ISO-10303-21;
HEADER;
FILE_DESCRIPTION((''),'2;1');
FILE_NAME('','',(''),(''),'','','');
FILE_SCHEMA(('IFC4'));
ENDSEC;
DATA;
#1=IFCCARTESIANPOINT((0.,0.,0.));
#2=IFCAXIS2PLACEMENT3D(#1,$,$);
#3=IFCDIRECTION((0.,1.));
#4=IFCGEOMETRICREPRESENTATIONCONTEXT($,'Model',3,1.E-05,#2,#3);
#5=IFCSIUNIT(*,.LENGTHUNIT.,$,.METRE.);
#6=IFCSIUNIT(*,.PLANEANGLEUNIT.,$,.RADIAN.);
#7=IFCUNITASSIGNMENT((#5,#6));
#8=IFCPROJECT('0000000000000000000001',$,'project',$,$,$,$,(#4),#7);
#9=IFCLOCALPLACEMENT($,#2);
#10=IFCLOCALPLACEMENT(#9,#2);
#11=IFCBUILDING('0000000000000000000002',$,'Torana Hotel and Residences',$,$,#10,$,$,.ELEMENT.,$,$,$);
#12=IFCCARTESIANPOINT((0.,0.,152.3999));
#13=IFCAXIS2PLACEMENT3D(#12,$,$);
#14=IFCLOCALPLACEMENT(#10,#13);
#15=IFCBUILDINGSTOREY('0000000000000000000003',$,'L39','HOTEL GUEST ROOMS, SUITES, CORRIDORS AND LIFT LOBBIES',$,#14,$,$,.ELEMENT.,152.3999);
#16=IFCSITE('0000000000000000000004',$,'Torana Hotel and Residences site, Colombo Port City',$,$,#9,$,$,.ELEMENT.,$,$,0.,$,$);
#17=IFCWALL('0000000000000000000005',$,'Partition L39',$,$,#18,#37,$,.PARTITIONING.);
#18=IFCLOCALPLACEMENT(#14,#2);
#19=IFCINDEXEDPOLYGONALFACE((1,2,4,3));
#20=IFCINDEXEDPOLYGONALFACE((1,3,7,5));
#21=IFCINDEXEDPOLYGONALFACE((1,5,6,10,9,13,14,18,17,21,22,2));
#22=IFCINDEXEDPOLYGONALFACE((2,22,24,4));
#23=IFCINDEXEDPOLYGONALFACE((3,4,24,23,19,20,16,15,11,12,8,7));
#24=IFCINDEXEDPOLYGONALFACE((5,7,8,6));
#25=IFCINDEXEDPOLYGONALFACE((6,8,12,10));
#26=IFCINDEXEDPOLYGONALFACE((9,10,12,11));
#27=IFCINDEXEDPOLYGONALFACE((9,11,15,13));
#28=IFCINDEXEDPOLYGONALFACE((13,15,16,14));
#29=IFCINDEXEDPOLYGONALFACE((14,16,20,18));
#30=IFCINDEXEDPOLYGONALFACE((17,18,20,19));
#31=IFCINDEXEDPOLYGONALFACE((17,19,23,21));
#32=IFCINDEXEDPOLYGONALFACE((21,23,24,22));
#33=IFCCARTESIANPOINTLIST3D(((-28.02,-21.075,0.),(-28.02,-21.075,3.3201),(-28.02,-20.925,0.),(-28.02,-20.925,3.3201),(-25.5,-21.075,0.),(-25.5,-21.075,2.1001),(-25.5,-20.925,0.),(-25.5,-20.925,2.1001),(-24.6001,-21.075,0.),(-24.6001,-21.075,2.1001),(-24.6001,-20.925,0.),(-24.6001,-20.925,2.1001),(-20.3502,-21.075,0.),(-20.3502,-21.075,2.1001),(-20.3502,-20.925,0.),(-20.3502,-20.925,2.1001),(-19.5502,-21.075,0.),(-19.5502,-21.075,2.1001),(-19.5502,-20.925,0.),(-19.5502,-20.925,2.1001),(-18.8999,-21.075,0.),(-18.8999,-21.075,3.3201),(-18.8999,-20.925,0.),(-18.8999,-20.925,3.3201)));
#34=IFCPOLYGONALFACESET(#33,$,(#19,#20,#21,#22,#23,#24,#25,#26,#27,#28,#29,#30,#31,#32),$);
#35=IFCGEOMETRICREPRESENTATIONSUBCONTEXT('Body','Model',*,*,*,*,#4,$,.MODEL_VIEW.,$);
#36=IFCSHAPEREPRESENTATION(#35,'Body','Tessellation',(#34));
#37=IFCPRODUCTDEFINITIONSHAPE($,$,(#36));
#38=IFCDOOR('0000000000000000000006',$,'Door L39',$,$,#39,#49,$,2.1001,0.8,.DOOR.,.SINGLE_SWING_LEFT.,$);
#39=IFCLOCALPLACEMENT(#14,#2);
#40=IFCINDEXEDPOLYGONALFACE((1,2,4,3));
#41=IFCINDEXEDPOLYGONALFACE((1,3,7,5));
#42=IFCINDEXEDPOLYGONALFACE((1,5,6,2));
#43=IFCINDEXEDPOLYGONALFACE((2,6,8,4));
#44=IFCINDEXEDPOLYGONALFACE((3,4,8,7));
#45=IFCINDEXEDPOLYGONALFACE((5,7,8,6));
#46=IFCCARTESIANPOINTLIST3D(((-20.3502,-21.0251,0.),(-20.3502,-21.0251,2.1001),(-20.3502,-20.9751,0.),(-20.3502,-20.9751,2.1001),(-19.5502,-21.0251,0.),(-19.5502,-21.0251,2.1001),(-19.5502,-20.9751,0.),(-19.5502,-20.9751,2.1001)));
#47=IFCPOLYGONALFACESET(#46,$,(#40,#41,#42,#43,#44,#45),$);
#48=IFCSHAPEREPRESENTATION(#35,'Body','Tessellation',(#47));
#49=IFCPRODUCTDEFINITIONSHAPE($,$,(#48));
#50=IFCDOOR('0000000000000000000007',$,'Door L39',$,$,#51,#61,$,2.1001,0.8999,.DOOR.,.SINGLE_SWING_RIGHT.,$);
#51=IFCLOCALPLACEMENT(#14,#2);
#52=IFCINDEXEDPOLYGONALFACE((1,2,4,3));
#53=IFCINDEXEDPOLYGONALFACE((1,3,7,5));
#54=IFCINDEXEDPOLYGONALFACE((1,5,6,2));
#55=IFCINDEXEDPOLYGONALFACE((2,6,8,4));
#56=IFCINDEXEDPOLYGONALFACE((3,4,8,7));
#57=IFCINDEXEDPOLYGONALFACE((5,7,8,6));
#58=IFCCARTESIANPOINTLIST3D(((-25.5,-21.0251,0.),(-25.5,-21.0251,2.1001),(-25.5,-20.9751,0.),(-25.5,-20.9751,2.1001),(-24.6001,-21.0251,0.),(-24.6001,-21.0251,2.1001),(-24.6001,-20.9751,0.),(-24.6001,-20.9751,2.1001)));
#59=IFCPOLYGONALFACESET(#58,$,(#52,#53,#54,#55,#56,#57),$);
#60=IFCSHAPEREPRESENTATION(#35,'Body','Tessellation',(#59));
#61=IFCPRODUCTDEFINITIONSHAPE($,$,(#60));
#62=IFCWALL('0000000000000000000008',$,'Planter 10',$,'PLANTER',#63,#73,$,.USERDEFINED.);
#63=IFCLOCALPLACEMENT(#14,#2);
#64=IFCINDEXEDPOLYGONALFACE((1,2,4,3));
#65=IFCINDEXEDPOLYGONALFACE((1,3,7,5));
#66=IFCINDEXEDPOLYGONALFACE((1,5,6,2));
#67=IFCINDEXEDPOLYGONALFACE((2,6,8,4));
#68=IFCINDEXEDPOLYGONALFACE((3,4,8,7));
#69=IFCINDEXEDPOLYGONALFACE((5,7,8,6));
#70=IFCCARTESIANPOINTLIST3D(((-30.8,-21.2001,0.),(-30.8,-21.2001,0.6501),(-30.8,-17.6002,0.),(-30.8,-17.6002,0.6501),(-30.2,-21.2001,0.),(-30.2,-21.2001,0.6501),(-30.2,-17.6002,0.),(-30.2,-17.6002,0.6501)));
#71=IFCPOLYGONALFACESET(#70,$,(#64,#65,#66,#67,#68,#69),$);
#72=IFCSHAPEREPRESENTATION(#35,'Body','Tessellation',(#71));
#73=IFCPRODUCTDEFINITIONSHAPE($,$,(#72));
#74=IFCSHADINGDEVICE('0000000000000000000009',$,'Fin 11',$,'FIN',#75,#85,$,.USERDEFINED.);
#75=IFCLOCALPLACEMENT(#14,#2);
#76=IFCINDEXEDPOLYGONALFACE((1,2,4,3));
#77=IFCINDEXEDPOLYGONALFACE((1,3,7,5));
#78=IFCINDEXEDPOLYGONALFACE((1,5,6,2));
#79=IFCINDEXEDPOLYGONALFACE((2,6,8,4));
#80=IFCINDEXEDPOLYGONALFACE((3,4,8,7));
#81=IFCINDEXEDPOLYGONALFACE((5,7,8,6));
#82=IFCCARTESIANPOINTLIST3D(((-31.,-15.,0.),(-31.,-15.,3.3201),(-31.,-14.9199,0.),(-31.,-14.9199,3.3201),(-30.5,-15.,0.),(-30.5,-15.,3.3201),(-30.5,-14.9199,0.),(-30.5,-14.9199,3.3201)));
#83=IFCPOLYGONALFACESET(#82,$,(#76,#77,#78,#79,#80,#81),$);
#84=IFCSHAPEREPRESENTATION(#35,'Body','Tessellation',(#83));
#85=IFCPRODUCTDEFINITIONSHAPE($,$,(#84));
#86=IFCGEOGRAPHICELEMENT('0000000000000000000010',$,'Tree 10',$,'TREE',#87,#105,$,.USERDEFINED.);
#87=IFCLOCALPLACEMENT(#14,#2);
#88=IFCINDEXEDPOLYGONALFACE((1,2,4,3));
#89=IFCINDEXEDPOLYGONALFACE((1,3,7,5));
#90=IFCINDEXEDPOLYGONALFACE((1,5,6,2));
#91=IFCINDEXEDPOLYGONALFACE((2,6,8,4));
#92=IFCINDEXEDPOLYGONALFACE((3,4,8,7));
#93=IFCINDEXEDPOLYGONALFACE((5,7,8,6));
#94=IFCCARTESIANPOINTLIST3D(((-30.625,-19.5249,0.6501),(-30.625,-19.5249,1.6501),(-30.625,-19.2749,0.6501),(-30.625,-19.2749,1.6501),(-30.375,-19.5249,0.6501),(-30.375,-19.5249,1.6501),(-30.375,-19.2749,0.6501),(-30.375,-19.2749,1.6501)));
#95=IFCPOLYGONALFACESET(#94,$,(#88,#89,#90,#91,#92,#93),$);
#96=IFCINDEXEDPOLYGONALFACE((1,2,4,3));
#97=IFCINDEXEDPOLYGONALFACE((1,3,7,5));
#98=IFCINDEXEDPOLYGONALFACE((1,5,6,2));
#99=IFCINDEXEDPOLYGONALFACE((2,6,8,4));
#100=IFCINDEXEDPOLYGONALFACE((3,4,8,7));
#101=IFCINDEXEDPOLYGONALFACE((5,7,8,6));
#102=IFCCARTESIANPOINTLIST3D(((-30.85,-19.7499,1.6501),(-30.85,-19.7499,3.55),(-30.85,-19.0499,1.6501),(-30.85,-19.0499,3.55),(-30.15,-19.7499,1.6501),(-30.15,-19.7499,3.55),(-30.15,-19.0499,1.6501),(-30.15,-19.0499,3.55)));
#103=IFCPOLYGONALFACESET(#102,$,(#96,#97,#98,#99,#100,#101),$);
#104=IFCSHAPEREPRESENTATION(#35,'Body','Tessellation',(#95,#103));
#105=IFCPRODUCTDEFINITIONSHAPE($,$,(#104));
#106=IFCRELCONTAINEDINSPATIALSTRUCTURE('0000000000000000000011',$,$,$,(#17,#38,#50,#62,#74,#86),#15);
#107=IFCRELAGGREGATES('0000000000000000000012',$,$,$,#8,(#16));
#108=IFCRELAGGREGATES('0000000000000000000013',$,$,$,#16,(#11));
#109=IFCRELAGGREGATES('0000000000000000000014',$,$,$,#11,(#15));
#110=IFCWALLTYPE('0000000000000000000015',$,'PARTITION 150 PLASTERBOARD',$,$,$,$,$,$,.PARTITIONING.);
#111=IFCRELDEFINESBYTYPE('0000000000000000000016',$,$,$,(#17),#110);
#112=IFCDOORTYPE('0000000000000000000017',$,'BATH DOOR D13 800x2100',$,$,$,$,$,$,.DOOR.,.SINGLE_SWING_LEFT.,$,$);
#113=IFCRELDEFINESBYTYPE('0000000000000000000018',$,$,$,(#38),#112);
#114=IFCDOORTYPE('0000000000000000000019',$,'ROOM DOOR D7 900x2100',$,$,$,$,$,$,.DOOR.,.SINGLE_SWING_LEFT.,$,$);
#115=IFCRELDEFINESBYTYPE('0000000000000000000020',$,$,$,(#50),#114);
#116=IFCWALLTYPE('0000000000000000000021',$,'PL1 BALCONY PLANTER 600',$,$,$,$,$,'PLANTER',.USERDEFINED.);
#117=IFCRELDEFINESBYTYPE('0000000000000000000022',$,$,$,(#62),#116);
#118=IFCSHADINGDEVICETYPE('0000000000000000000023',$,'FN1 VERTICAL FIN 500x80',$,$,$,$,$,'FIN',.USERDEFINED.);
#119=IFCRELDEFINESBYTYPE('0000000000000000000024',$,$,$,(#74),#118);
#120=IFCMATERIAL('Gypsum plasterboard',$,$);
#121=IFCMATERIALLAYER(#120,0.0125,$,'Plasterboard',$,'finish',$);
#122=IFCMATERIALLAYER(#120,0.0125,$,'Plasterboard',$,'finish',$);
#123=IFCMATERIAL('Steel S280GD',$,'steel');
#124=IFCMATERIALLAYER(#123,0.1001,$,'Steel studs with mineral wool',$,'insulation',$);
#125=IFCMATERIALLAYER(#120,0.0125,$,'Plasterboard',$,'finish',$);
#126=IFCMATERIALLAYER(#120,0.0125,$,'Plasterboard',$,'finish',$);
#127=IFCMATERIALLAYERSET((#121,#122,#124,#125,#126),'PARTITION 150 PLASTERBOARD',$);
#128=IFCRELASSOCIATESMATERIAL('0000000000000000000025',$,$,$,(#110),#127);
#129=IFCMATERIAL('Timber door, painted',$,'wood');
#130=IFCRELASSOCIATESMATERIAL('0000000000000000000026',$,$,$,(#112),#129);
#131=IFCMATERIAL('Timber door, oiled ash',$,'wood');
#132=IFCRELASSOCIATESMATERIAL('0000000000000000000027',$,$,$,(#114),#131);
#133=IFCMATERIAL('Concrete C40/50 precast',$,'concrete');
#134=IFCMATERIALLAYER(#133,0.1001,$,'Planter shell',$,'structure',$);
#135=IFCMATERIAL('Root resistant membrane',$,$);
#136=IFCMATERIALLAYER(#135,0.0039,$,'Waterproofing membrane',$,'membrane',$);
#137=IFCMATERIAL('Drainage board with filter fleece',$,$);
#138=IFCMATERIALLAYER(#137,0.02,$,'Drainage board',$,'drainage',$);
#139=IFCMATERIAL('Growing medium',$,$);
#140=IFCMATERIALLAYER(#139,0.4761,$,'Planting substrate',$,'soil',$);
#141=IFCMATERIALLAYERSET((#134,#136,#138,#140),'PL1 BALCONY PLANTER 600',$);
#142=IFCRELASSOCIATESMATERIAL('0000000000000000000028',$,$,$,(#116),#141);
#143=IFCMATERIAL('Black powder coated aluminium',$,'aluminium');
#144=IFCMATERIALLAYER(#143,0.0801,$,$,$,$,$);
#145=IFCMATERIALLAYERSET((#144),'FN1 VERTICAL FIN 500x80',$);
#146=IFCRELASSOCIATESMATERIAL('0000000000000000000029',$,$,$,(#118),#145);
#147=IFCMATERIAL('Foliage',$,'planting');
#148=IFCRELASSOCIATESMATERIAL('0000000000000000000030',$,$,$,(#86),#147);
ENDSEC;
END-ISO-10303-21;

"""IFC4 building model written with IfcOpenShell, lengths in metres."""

from ifc_helpers import new_model, si_unit, direction, frame, frame_2d, origin, origin_2d, place, context, subcontext, project, spatial, rectangle, extrude, material, layer, layer_set, type_object, element, fill, save


model = new_model("IFC4")

# Units and contexts
model_context = context("Model", 3, precision=1e-05, world=origin(), true_north=direction((0.0, 1.0)))
body_context = subcontext(model_context, "Body", "Model", "MODEL_VIEW")
ifc_project = project(units=[si_unit("LENGTHUNIT", "METRE"), si_unit("PLANEANGLEUNIT", "RADIAN")], contexts=[model_context])

# Site, building, storey
site_placement = place(None, origin())
site = spatial("IfcSite", under=ifc_project, at=site_placement, Name="Torana Hotel and Residences site, Colombo Port City", CompositionType="ELEMENT", RefElevation=0.0)
building_placement = place(site_placement, origin())
building = spatial("IfcBuilding", under=site, at=building_placement, Name="Torana Hotel and Residences", CompositionType="ELEMENT")
storey_placement = place(building_placement, frame((0.0, 0.0, 152.3999)))
storey = spatial("IfcBuildingStorey", under=building, at=storey_placement, Name="L39", Description="HOTEL GUEST ROOMS, SUITES, CORRIDORS AND LIFT LOBBIES", CompositionType="ELEMENT", Elevation=152.3999)

# Wall, openings, doors
ifc_material_1 = material(Name="Gypsum plasterboard")
ifc_layer_1 = layer(ifc_material_1, 0.0125, Name="Plasterboard", Category="finish")
ifc_layer_2 = layer(ifc_material_1, 0.0125, Name="Plasterboard", Category="finish")
ifc_material_2 = material(Name="Steel S280GD", Category="steel")
ifc_layer_3 = layer(ifc_material_2, 0.1001, Name="Steel studs with mineral wool", Category="insulation")
ifc_layer_4 = layer(ifc_material_1, 0.0125, Name="Plasterboard", Category="finish")
ifc_layer_5 = layer(ifc_material_1, 0.0125, Name="Plasterboard", Category="finish")
ifc_layer_set_1 = layer_set([ifc_layer_1, ifc_layer_2, ifc_layer_3, ifc_layer_4, ifc_layer_5], Name="PARTITION 150 PLASTERBOARD")
wall_type_1 = type_object("IfcWallType", Name="PARTITION 150 PLASTERBOARD", PredefinedType="PARTITIONING", material=ifc_layer_set_1)
wall_1_placement = place(storey_placement, frame((-28.02, -21.0, 0.0), z_axis=(0.0, 0.0, 1.0), x_axis=(1.0, 0.0, 0.0)))
wall_1 = element("IfcWall", 1, at=wall_1_placement, inside=storey, type_object=wall_type_1, Name="Partition L39", PredefinedType="PARTITIONING", context=body_context, shape_type="SweptSolid", body=[
    extrude(rectangle(XDim=9.1201, YDim=0.1499, at=frame_2d((4.5601, 0.0))), origin(), (0.0, 0.0, 1.0), 3.3201),
])
opening_1_placement = place(wall_1_placement, frame((7.6699, 0.0, 0.0)))
opening_1 = element("IfcOpeningElement", 2, at=opening_1_placement, cuts=wall_1, PredefinedType="OPENING", context=body_context, shape_type="SweptSolid", body=[
    extrude(rectangle(XDim=0.8, YDim=2.1001, at=frame_2d((0.3999, 1.05))), frame((0.0, 0.085, 0.0), z_axis=(0.0, -1.0, 0.0), x_axis=(1.0, 0.0, 0.0)), (0.0, 0.0, 1.0), 0.1699),
])
opening_2_placement = place(wall_1_placement, frame((2.52, 0.0, 0.0)))
opening_2 = element("IfcOpeningElement", 3, at=opening_2_placement, cuts=wall_1, PredefinedType="OPENING", context=body_context, shape_type="SweptSolid", body=[
    extrude(rectangle(XDim=0.8999, YDim=2.1001, at=frame_2d((0.45, 1.05))), frame((0.0, 0.085, 0.0), z_axis=(0.0, -1.0, 0.0), x_axis=(1.0, 0.0, 0.0)), (0.0, 0.0, 1.0), 0.1699),
])
ifc_material_3 = material(Name="Timber door, painted", Category="wood")
door_type_1 = type_object("IfcDoorType", Name="BATH DOOR D13 800x2100", OperationType="SINGLE_SWING_LEFT", PredefinedType="DOOR", material=ifc_material_3)
door_1_placement = place(opening_1_placement, origin())
door_1 = element("IfcDoor", 4, at=door_1_placement, inside=storey, type_object=door_type_1, Name="Door L39", OperationType="SINGLE_SWING_LEFT", OverallHeight=2.1001, OverallWidth=0.8, PredefinedType="DOOR", context=body_context, shape_type="SweptSolid", body=[
    extrude(rectangle(XDim=0.8, YDim=2.1001, at=frame_2d((0.3999, 1.05))), frame((0.0, 0.0249, 0.0), z_axis=(0.0, -1.0, 0.0), x_axis=(1.0, 0.0, 0.0)), (0.0, 0.0, 1.0), 0.05),
])
fill(opening_1, door_1)
ifc_material_4 = material(Name="Timber door, oiled ash", Category="wood")
door_type_2 = type_object("IfcDoorType", Name="ROOM DOOR D7 900x2100", OperationType="SINGLE_SWING_LEFT", PredefinedType="DOOR", material=ifc_material_4)
door_2_placement = place(opening_2_placement, origin())
door_2 = element("IfcDoor", 5, at=door_2_placement, inside=storey, type_object=door_type_2, Name="Door L39", OperationType="SINGLE_SWING_RIGHT", OverallHeight=2.1001, OverallWidth=0.8999, PredefinedType="DOOR", context=body_context, shape_type="SweptSolid", body=[
    extrude(rectangle(XDim=0.8999, YDim=2.1001, at=frame_2d((0.45, 1.05))), frame((0.0, 0.0249, 0.0), z_axis=(0.0, -1.0, 0.0), x_axis=(1.0, 0.0, 0.0)), (0.0, 0.0, 1.0), 0.05),
])
fill(opening_2, door_2)

# Wall
ifc_material_5 = material(Name="Concrete C40/50 precast", Category="concrete")
ifc_layer_6 = layer(ifc_material_5, 0.1001, Name="Planter shell", Category="structure")
ifc_material_6 = material(Name="Root resistant membrane")
ifc_layer_7 = layer(ifc_material_6, 0.0039, Name="Waterproofing membrane", Category="membrane")
ifc_material_7 = material(Name="Drainage board with filter fleece")
ifc_layer_8 = layer(ifc_material_7, 0.02, Name="Drainage board", Category="drainage")
ifc_material_8 = material(Name="Growing medium")
ifc_layer_9 = layer(ifc_material_8, 0.4761, Name="Planting substrate", Category="soil")
ifc_layer_set_2 = layer_set([ifc_layer_6, ifc_layer_7, ifc_layer_8, ifc_layer_9], Name="PL1 BALCONY PLANTER 600")
wall_type_2 = type_object("IfcWallType", Name="PL1 BALCONY PLANTER 600", ElementType="PLANTER", PredefinedType="USERDEFINED", material=ifc_layer_set_2)
wall_2_placement = place(storey_placement, frame((-30.5, -21.2, 0.0), z_axis=(0.0, 0.0, 1.0), x_axis=(0.0, 1.0, 0.0)))
element("IfcWall", 6, at=wall_2_placement, inside=storey, type_object=wall_type_2, Name="Planter 10", ObjectType="PLANTER", PredefinedType="USERDEFINED", context=body_context, shape_type="SweptSolid", body=[
    extrude(rectangle(XDim=3.5999, YDim=0.6001, at=frame_2d((1.7998, 0.0))), origin(), (0.0, 0.0, 1.0), 0.6501),
])

# Shading device
ifc_material_9 = material(Name="Black powder coated aluminium", Category="aluminium")
ifc_layer_10 = layer(ifc_material_9, 0.0801)
ifc_layer_set_3 = layer_set([ifc_layer_10], Name="FN1 VERTICAL FIN 500x80")
shading_device_type = type_object("IfcShadingDeviceType", Name="FN1 VERTICAL FIN 500x80", ElementType="FIN", PredefinedType="USERDEFINED", material=ifc_layer_set_3)
shading_device_placement = place(storey_placement, frame((-30.75, -14.96, 0.0), z_axis=(0.0, 0.0, 1.0), x_axis=(0.0, 1.0, 0.0)))
element("IfcShadingDevice", 7, at=shading_device_placement, inside=storey, type_object=shading_device_type, Name="Fin 11", ObjectType="FIN", PredefinedType="USERDEFINED", context=body_context, shape_type="SweptSolid", body=[
    extrude(rectangle(XDim=0.0801, YDim=0.5, at=origin_2d()), origin(), (0.0, 0.0, 1.0), 3.3201),
])

# Geographic element
ifc_material_10 = material(Name="Foliage", Category="planting")
geographic_element_placement = place(storey_placement, frame((-30.5, -19.3999, 0.6501), z_axis=(0.0, 0.0, 1.0), x_axis=(1.0, 0.0, 0.0)))
element("IfcGeographicElement", 8, at=geographic_element_placement, inside=storey, material=ifc_material_10, Name="Tree 10", ObjectType="TREE", PredefinedType="USERDEFINED", context=body_context, shape_type="SweptSolid", body=[
    extrude(rectangle(XDim=0.25, YDim=0.25, at=origin_2d()), origin(), (0.0, 0.0, 1.0), 1.0),
    extrude(rectangle(XDim=0.7, YDim=0.7, at=origin_2d()), frame((0.0, 0.0, 1.0)), (0.0, 0.0, 1.0), 1.8999),
])

save(model, "model.ifc")
